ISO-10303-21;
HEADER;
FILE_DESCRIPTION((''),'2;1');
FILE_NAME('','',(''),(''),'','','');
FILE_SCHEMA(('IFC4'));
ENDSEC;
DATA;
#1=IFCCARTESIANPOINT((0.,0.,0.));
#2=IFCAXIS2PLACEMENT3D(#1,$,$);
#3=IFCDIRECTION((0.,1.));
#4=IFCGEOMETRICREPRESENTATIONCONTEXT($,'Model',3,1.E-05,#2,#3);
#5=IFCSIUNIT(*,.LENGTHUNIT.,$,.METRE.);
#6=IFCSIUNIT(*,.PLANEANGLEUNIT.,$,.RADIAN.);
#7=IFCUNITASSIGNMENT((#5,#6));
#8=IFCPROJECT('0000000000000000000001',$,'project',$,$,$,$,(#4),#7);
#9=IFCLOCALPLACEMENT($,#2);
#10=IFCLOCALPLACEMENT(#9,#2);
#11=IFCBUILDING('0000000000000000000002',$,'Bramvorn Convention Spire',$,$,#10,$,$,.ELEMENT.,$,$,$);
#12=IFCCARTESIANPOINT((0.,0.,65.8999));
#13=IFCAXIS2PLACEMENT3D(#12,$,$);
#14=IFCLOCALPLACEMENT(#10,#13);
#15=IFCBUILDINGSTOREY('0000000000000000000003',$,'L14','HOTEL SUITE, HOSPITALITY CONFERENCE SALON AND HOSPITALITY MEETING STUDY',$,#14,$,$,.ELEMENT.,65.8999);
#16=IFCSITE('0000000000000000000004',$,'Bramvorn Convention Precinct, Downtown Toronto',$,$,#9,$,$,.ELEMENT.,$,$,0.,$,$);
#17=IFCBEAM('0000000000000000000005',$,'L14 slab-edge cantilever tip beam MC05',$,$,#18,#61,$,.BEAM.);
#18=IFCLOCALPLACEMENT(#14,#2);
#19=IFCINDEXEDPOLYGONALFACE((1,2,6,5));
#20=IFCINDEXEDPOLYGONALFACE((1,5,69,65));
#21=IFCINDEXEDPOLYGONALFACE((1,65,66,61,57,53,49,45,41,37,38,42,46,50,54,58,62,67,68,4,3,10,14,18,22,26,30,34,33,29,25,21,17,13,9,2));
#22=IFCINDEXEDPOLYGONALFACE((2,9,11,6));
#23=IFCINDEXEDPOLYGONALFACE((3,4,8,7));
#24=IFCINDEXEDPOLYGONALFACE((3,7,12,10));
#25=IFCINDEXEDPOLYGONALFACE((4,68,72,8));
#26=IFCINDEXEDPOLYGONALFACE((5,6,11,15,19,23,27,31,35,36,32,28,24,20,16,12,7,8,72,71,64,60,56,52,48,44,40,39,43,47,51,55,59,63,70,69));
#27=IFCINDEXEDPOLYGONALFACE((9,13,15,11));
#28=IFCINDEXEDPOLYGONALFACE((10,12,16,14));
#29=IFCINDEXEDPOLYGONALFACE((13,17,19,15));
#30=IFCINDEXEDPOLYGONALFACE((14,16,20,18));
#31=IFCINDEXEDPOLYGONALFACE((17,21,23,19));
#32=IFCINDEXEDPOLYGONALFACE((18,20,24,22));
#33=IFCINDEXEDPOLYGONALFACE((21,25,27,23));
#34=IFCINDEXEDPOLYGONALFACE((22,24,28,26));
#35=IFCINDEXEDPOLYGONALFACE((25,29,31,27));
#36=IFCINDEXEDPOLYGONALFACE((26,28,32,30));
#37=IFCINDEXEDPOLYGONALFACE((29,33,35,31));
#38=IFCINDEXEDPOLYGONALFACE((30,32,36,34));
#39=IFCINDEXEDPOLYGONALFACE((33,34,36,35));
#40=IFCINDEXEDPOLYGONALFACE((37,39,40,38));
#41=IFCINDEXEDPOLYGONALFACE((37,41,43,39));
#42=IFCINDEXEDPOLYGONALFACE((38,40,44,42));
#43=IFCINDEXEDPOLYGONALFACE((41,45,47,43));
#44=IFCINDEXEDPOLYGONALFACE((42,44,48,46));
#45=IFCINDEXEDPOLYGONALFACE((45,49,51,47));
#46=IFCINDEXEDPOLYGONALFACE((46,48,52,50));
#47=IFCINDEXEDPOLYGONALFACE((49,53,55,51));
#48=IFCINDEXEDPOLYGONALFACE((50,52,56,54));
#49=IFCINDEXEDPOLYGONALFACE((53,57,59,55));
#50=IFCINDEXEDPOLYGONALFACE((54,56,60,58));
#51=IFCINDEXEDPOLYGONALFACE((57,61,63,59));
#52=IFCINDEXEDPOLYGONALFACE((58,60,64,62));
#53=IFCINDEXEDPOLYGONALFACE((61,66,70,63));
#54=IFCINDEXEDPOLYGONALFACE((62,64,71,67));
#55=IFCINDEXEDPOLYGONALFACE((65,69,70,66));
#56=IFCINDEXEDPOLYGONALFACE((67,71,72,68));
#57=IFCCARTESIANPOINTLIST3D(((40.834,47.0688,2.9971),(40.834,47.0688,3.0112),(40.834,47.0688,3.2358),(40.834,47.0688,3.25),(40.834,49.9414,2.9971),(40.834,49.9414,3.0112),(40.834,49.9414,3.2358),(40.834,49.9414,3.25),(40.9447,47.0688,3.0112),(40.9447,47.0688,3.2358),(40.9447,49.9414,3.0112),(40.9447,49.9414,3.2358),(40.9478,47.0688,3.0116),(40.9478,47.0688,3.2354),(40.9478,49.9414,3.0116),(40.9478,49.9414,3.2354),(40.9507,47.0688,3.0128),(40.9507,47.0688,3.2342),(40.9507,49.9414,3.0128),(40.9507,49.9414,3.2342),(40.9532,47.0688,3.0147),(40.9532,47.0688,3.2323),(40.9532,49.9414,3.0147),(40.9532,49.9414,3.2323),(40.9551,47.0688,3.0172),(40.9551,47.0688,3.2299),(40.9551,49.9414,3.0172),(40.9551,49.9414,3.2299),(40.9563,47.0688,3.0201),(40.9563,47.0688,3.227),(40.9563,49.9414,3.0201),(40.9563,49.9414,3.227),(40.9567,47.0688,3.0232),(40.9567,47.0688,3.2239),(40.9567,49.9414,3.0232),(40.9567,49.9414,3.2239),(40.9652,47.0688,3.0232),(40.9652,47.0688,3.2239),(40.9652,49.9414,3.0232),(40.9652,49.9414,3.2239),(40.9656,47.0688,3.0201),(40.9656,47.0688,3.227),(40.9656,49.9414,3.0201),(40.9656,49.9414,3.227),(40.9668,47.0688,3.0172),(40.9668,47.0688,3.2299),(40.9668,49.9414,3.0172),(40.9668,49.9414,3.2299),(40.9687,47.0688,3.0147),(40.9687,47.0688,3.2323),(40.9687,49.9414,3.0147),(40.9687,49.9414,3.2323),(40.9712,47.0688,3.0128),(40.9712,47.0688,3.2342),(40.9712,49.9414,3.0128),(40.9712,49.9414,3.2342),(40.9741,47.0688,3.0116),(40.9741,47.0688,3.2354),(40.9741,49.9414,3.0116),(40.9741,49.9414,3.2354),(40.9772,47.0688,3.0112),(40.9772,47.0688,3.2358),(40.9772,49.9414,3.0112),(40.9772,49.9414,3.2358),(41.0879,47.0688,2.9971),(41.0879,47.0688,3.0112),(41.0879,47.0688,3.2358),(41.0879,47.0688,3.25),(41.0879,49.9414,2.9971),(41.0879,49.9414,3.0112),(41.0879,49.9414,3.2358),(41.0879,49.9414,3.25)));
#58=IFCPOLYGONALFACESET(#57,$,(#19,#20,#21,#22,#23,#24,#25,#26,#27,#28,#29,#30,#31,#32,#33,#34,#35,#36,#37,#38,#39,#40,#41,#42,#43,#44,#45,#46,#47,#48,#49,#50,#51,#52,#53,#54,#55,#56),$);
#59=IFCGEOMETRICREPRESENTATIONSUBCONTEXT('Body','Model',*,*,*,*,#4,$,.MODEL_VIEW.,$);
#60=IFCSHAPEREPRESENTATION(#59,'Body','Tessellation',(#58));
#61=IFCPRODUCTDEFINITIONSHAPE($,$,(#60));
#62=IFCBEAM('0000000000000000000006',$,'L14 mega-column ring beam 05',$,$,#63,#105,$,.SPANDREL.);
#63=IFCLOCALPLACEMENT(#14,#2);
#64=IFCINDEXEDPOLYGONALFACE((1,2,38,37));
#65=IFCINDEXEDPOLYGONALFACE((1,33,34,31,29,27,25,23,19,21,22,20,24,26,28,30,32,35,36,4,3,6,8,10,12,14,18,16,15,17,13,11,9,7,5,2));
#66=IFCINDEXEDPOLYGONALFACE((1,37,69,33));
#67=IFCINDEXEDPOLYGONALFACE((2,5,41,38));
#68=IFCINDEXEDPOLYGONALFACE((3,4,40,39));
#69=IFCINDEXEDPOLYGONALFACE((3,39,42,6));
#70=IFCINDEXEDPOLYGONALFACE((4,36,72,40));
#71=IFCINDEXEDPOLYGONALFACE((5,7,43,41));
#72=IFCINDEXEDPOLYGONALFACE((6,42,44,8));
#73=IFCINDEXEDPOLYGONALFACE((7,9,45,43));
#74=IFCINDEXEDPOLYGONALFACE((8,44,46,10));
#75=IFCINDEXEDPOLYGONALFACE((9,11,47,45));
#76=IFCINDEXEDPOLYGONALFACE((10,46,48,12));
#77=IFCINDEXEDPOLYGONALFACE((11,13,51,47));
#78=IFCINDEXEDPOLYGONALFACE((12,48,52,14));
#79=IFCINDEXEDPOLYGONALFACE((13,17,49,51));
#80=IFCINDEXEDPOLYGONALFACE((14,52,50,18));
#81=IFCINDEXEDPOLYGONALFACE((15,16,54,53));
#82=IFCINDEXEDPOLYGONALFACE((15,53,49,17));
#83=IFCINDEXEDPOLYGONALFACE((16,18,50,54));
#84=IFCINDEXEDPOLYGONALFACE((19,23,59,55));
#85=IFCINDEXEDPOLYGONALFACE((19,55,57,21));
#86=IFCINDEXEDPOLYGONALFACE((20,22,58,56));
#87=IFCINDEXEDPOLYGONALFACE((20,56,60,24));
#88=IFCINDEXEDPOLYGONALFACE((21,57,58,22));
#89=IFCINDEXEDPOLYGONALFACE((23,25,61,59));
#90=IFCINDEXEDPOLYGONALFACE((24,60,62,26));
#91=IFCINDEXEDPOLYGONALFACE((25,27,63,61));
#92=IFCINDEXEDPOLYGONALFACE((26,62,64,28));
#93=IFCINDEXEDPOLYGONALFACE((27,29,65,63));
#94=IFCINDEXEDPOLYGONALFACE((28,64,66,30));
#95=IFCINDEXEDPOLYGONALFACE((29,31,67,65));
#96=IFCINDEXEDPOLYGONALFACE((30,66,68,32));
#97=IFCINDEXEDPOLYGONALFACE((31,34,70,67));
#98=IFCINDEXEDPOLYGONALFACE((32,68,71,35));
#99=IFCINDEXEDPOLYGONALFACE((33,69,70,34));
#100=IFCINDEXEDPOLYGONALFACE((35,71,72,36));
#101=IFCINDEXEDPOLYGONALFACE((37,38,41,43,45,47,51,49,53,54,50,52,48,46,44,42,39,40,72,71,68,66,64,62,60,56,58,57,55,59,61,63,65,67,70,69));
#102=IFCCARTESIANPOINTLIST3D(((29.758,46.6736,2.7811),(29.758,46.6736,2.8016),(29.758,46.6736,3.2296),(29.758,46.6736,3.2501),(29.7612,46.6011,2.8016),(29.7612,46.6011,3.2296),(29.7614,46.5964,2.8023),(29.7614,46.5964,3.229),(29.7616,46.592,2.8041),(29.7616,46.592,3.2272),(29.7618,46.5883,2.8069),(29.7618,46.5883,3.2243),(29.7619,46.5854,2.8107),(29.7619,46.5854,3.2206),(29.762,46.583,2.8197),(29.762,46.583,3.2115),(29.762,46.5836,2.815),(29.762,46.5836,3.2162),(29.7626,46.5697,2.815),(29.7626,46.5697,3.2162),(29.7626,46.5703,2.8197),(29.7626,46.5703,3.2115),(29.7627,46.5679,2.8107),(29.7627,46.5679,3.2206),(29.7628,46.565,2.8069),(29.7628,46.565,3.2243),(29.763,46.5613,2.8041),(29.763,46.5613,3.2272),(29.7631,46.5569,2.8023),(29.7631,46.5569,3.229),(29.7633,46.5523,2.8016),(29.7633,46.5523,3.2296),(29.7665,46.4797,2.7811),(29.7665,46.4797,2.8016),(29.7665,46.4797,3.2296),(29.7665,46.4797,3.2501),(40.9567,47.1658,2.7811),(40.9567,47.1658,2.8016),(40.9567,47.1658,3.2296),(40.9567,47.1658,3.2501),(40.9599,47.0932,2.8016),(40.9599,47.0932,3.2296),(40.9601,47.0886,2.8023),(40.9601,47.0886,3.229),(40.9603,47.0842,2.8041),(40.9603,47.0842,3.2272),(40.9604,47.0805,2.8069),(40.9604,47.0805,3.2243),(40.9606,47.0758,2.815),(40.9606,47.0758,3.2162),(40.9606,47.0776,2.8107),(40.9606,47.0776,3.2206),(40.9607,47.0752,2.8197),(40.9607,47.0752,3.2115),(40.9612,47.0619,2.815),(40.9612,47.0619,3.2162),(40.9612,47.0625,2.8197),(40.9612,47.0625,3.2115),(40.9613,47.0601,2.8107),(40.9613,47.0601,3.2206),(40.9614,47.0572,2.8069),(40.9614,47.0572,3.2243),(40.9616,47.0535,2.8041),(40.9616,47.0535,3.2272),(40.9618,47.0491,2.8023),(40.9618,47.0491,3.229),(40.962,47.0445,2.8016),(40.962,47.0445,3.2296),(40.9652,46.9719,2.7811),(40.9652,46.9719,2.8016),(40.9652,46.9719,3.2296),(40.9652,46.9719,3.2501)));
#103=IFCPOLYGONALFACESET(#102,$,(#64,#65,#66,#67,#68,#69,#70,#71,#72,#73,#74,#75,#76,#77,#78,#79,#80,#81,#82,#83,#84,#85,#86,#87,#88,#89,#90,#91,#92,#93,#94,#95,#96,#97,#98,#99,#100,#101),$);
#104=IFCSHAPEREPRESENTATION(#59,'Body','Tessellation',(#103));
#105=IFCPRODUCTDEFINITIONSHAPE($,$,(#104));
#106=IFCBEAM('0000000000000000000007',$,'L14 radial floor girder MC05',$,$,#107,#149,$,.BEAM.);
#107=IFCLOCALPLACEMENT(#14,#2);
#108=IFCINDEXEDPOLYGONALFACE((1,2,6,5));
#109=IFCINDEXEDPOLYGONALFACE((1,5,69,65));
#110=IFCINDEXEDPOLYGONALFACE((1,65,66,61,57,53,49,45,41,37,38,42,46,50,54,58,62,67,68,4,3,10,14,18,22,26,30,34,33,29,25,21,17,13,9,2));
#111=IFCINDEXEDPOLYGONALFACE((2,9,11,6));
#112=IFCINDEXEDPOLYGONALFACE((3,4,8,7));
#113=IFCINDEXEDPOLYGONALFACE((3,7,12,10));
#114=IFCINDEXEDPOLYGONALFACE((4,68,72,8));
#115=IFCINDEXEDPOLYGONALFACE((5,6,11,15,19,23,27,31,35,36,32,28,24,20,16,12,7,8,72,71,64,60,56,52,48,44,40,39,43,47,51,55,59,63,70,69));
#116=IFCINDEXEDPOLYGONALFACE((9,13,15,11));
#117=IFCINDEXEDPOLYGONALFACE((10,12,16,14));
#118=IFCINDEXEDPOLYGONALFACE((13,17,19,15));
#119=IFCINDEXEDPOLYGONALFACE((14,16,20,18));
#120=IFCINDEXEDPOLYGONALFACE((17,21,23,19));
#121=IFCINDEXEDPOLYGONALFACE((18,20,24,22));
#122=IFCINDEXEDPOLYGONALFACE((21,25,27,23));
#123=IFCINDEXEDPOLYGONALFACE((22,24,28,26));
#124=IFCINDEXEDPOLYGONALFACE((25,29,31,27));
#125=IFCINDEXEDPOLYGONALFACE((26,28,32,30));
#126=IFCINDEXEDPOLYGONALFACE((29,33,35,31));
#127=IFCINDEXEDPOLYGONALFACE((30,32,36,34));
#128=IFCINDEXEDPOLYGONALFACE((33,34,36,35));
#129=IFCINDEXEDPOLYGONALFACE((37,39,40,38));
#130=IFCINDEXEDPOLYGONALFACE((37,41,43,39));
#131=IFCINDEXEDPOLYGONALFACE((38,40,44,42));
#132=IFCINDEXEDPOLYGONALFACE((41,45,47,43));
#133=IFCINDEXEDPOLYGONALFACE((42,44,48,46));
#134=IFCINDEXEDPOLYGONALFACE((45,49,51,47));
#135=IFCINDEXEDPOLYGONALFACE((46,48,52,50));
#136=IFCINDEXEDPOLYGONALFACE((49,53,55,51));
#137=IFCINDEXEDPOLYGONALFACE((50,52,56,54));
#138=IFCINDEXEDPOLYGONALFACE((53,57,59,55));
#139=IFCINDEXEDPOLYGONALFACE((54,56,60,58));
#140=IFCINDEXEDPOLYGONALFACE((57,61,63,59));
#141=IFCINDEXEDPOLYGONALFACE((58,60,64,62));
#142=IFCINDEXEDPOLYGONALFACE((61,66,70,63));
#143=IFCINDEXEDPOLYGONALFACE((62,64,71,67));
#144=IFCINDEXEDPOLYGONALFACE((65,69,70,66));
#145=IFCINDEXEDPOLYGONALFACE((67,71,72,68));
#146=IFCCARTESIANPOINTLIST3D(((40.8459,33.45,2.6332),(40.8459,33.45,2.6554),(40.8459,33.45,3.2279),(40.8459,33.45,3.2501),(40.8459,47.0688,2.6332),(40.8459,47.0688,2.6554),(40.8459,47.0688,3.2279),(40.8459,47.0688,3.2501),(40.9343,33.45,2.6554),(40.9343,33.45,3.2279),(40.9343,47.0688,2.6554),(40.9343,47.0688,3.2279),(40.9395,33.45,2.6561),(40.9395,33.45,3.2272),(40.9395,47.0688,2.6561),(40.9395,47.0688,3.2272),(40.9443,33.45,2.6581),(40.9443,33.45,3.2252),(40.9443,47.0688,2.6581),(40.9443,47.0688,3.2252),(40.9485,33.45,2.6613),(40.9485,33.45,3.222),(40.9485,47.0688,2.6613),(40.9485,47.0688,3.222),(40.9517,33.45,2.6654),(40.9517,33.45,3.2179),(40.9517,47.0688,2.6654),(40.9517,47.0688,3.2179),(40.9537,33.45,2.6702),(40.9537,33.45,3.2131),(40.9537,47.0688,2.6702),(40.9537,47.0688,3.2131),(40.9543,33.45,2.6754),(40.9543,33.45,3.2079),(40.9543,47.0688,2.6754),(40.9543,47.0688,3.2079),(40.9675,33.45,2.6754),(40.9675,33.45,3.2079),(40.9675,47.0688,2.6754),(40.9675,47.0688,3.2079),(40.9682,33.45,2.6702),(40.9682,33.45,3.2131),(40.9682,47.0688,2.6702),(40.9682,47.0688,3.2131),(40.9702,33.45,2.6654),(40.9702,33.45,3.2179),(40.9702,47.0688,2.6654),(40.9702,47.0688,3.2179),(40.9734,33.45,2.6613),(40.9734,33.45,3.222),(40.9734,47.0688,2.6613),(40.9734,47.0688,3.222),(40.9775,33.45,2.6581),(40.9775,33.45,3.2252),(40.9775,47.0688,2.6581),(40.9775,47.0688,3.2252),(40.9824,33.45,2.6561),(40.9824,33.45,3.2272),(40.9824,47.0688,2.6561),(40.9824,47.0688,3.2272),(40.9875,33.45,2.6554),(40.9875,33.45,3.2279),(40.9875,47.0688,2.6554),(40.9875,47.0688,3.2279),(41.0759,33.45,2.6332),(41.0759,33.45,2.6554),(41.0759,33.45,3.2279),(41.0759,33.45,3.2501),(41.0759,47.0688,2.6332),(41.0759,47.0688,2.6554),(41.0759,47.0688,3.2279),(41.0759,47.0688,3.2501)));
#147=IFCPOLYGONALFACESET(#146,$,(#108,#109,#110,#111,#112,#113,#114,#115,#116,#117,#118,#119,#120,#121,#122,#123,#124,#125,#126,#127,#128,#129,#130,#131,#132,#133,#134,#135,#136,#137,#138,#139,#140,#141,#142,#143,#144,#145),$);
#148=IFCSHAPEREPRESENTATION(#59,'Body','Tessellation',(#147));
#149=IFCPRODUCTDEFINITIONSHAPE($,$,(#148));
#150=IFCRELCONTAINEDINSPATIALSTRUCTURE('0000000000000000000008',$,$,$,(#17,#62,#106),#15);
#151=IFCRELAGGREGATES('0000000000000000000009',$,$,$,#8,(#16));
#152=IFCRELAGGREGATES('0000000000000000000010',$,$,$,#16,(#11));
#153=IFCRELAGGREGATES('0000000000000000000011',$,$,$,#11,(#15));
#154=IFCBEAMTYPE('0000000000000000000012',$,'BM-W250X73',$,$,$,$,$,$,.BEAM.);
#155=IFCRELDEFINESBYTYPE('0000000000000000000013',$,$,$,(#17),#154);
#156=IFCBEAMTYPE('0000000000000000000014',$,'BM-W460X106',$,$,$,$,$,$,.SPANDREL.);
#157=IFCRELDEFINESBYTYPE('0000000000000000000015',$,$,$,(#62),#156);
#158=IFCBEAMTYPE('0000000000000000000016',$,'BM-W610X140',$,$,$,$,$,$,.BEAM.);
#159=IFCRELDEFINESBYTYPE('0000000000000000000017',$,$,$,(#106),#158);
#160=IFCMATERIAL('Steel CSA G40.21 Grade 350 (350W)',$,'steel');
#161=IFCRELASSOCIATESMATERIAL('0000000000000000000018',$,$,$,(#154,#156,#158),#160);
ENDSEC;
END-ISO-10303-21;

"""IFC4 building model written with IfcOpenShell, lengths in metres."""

from ifc_helpers import new_model, si_unit, direction, frame, origin, origin_2d, place, context, subcontext, project, spatial, i_section, extrude, material, material_profile, profile_set, type_object, element, save


model = new_model("IFC4")

# Units and contexts
model_context = context("Model", 3, precision=1e-05, world=origin(), true_north=direction((0.0, 1.0)))
body_context = subcontext(model_context, "Body", "Model", "MODEL_VIEW")
ifc_project = project(units=[si_unit("LENGTHUNIT", "METRE"), si_unit("PLANEANGLEUNIT", "RADIAN")], contexts=[model_context])

# Site, building, storey
site_placement = place(None, origin())
site = spatial("IfcSite", under=ifc_project, at=site_placement, Name="Bramvorn Convention Precinct, Downtown Toronto", CompositionType="ELEMENT", RefElevation=0.0)
building_placement = place(site_placement, origin())
building = spatial("IfcBuilding", under=site, at=building_placement, Name="Bramvorn Convention Spire", CompositionType="ELEMENT")
storey_placement = place(building_placement, frame((0.0, 0.0, 65.8999)))
storey = spatial("IfcBuildingStorey", under=building, at=storey_placement, Name="L14", Description="HOTEL SUITE, HOSPITALITY CONFERENCE SALON AND HOSPITALITY MEETING STUDY", CompositionType="ELEMENT", Elevation=65.8999)

# Shared definitions
ifc_material_1 = material(Name="Steel CSA G40.21 Grade 350 (350W)", Category="steel")

# Beams
ifc_material_profile_1 = material_profile(ifc_material_1, i_section(OverallWidth=0.2539, OverallDepth=0.2529, WebThickness=0.0085, FlangeThickness=0.0142, FilletRadius=0.012, at=origin_2d()))
ifc_profile_set_1 = profile_set([ifc_material_profile_1], Name="Steel CSA G40.21 Grade 350 (350W) - W250X73")
beam_type_1 = type_object("IfcBeamType", Name="BM-W250X73", PredefinedType="BEAM", material=ifc_profile_set_1)
beam_1_placement = place(storey_placement, frame((40.9609, 47.0688, 3.1235), z_axis=(0.0, 1.0, 0.0), x_axis=(-1.0, 0.0, 0.0)))
element("IfcBeam", 1, at=beam_1_placement, inside=storey, type_object=beam_type_1, Name="L14 slab-edge cantilever tip beam MC05", PredefinedType="BEAM", context=body_context, shape_type="SweptSolid", body=[
    extrude(i_section(OverallWidth=0.2539, OverallDepth=0.2529, WebThickness=0.0085, FlangeThickness=0.0142, FilletRadius=0.012, at=origin_2d()), origin(), (0.0, 0.0, 1.0), 2.8726),
])
ifc_material_profile_2 = material_profile(ifc_material_1, i_section(OverallWidth=0.1941, OverallDepth=0.469, WebThickness=0.0127, FlangeThickness=0.0205, FilletRadius=0.0181, at=origin_2d()))
ifc_profile_set_2 = profile_set([ifc_material_profile_2], Name="Steel CSA G40.21 Grade 350 (350W) - W460X106")
beam_type_2 = type_object("IfcBeamType", Name="BM-W460X106", PredefinedType="SPANDREL", material=ifc_profile_set_2)
beam_2_placement = place(storey_placement, frame((40.9609, 47.0688, 3.0156), z_axis=(-0.999036, -0.043908, 0.0), x_axis=(0.043908, -0.999036, 0.0)))
element("IfcBeam", 2, at=beam_2_placement, inside=storey, type_object=beam_type_2, Name="L14 mega-column ring beam 05", PredefinedType="SPANDREL", context=body_context, shape_type="SweptSolid", body=[
    extrude(i_section(OverallWidth=0.1941, OverallDepth=0.469, WebThickness=0.0127, FlangeThickness=0.0205, FilletRadius=0.0181, at=origin_2d()), origin(), (0.0, 0.0, 1.0), 11.2095),
])
ifc_material_profile_3 = material_profile(ifc_material_1, i_section(OverallWidth=0.23, OverallDepth=0.6169, WebThickness=0.0132, FlangeThickness=0.0222, FilletRadius=0.02, at=origin_2d()))
ifc_profile_set_3 = profile_set([ifc_material_profile_3], Name="Steel CSA G40.21 Grade 350 (350W) - W610X140")
beam_type_3 = type_object("IfcBeamType", Name="BM-W610X140", PredefinedType="BEAM", material=ifc_profile_set_3)
beam_3_placement = place(storey_placement, frame((40.9609, 33.45, 2.9417), z_axis=(0.0, 1.0, 0.0), x_axis=(-1.0, 0.0, 0.0)))
element("IfcBeam", 3, at=beam_3_placement, inside=storey, type_object=beam_type_3, Name="L14 radial floor girder MC05", PredefinedType="BEAM", context=body_context, shape_type="SweptSolid", body=[
    extrude(i_section(OverallWidth=0.23, OverallDepth=0.6169, WebThickness=0.0132, FlangeThickness=0.0222, FilletRadius=0.02, at=origin_2d()), origin(), (0.0, 0.0, 1.0), 13.6189),
])

save(model, "model.ifc")
